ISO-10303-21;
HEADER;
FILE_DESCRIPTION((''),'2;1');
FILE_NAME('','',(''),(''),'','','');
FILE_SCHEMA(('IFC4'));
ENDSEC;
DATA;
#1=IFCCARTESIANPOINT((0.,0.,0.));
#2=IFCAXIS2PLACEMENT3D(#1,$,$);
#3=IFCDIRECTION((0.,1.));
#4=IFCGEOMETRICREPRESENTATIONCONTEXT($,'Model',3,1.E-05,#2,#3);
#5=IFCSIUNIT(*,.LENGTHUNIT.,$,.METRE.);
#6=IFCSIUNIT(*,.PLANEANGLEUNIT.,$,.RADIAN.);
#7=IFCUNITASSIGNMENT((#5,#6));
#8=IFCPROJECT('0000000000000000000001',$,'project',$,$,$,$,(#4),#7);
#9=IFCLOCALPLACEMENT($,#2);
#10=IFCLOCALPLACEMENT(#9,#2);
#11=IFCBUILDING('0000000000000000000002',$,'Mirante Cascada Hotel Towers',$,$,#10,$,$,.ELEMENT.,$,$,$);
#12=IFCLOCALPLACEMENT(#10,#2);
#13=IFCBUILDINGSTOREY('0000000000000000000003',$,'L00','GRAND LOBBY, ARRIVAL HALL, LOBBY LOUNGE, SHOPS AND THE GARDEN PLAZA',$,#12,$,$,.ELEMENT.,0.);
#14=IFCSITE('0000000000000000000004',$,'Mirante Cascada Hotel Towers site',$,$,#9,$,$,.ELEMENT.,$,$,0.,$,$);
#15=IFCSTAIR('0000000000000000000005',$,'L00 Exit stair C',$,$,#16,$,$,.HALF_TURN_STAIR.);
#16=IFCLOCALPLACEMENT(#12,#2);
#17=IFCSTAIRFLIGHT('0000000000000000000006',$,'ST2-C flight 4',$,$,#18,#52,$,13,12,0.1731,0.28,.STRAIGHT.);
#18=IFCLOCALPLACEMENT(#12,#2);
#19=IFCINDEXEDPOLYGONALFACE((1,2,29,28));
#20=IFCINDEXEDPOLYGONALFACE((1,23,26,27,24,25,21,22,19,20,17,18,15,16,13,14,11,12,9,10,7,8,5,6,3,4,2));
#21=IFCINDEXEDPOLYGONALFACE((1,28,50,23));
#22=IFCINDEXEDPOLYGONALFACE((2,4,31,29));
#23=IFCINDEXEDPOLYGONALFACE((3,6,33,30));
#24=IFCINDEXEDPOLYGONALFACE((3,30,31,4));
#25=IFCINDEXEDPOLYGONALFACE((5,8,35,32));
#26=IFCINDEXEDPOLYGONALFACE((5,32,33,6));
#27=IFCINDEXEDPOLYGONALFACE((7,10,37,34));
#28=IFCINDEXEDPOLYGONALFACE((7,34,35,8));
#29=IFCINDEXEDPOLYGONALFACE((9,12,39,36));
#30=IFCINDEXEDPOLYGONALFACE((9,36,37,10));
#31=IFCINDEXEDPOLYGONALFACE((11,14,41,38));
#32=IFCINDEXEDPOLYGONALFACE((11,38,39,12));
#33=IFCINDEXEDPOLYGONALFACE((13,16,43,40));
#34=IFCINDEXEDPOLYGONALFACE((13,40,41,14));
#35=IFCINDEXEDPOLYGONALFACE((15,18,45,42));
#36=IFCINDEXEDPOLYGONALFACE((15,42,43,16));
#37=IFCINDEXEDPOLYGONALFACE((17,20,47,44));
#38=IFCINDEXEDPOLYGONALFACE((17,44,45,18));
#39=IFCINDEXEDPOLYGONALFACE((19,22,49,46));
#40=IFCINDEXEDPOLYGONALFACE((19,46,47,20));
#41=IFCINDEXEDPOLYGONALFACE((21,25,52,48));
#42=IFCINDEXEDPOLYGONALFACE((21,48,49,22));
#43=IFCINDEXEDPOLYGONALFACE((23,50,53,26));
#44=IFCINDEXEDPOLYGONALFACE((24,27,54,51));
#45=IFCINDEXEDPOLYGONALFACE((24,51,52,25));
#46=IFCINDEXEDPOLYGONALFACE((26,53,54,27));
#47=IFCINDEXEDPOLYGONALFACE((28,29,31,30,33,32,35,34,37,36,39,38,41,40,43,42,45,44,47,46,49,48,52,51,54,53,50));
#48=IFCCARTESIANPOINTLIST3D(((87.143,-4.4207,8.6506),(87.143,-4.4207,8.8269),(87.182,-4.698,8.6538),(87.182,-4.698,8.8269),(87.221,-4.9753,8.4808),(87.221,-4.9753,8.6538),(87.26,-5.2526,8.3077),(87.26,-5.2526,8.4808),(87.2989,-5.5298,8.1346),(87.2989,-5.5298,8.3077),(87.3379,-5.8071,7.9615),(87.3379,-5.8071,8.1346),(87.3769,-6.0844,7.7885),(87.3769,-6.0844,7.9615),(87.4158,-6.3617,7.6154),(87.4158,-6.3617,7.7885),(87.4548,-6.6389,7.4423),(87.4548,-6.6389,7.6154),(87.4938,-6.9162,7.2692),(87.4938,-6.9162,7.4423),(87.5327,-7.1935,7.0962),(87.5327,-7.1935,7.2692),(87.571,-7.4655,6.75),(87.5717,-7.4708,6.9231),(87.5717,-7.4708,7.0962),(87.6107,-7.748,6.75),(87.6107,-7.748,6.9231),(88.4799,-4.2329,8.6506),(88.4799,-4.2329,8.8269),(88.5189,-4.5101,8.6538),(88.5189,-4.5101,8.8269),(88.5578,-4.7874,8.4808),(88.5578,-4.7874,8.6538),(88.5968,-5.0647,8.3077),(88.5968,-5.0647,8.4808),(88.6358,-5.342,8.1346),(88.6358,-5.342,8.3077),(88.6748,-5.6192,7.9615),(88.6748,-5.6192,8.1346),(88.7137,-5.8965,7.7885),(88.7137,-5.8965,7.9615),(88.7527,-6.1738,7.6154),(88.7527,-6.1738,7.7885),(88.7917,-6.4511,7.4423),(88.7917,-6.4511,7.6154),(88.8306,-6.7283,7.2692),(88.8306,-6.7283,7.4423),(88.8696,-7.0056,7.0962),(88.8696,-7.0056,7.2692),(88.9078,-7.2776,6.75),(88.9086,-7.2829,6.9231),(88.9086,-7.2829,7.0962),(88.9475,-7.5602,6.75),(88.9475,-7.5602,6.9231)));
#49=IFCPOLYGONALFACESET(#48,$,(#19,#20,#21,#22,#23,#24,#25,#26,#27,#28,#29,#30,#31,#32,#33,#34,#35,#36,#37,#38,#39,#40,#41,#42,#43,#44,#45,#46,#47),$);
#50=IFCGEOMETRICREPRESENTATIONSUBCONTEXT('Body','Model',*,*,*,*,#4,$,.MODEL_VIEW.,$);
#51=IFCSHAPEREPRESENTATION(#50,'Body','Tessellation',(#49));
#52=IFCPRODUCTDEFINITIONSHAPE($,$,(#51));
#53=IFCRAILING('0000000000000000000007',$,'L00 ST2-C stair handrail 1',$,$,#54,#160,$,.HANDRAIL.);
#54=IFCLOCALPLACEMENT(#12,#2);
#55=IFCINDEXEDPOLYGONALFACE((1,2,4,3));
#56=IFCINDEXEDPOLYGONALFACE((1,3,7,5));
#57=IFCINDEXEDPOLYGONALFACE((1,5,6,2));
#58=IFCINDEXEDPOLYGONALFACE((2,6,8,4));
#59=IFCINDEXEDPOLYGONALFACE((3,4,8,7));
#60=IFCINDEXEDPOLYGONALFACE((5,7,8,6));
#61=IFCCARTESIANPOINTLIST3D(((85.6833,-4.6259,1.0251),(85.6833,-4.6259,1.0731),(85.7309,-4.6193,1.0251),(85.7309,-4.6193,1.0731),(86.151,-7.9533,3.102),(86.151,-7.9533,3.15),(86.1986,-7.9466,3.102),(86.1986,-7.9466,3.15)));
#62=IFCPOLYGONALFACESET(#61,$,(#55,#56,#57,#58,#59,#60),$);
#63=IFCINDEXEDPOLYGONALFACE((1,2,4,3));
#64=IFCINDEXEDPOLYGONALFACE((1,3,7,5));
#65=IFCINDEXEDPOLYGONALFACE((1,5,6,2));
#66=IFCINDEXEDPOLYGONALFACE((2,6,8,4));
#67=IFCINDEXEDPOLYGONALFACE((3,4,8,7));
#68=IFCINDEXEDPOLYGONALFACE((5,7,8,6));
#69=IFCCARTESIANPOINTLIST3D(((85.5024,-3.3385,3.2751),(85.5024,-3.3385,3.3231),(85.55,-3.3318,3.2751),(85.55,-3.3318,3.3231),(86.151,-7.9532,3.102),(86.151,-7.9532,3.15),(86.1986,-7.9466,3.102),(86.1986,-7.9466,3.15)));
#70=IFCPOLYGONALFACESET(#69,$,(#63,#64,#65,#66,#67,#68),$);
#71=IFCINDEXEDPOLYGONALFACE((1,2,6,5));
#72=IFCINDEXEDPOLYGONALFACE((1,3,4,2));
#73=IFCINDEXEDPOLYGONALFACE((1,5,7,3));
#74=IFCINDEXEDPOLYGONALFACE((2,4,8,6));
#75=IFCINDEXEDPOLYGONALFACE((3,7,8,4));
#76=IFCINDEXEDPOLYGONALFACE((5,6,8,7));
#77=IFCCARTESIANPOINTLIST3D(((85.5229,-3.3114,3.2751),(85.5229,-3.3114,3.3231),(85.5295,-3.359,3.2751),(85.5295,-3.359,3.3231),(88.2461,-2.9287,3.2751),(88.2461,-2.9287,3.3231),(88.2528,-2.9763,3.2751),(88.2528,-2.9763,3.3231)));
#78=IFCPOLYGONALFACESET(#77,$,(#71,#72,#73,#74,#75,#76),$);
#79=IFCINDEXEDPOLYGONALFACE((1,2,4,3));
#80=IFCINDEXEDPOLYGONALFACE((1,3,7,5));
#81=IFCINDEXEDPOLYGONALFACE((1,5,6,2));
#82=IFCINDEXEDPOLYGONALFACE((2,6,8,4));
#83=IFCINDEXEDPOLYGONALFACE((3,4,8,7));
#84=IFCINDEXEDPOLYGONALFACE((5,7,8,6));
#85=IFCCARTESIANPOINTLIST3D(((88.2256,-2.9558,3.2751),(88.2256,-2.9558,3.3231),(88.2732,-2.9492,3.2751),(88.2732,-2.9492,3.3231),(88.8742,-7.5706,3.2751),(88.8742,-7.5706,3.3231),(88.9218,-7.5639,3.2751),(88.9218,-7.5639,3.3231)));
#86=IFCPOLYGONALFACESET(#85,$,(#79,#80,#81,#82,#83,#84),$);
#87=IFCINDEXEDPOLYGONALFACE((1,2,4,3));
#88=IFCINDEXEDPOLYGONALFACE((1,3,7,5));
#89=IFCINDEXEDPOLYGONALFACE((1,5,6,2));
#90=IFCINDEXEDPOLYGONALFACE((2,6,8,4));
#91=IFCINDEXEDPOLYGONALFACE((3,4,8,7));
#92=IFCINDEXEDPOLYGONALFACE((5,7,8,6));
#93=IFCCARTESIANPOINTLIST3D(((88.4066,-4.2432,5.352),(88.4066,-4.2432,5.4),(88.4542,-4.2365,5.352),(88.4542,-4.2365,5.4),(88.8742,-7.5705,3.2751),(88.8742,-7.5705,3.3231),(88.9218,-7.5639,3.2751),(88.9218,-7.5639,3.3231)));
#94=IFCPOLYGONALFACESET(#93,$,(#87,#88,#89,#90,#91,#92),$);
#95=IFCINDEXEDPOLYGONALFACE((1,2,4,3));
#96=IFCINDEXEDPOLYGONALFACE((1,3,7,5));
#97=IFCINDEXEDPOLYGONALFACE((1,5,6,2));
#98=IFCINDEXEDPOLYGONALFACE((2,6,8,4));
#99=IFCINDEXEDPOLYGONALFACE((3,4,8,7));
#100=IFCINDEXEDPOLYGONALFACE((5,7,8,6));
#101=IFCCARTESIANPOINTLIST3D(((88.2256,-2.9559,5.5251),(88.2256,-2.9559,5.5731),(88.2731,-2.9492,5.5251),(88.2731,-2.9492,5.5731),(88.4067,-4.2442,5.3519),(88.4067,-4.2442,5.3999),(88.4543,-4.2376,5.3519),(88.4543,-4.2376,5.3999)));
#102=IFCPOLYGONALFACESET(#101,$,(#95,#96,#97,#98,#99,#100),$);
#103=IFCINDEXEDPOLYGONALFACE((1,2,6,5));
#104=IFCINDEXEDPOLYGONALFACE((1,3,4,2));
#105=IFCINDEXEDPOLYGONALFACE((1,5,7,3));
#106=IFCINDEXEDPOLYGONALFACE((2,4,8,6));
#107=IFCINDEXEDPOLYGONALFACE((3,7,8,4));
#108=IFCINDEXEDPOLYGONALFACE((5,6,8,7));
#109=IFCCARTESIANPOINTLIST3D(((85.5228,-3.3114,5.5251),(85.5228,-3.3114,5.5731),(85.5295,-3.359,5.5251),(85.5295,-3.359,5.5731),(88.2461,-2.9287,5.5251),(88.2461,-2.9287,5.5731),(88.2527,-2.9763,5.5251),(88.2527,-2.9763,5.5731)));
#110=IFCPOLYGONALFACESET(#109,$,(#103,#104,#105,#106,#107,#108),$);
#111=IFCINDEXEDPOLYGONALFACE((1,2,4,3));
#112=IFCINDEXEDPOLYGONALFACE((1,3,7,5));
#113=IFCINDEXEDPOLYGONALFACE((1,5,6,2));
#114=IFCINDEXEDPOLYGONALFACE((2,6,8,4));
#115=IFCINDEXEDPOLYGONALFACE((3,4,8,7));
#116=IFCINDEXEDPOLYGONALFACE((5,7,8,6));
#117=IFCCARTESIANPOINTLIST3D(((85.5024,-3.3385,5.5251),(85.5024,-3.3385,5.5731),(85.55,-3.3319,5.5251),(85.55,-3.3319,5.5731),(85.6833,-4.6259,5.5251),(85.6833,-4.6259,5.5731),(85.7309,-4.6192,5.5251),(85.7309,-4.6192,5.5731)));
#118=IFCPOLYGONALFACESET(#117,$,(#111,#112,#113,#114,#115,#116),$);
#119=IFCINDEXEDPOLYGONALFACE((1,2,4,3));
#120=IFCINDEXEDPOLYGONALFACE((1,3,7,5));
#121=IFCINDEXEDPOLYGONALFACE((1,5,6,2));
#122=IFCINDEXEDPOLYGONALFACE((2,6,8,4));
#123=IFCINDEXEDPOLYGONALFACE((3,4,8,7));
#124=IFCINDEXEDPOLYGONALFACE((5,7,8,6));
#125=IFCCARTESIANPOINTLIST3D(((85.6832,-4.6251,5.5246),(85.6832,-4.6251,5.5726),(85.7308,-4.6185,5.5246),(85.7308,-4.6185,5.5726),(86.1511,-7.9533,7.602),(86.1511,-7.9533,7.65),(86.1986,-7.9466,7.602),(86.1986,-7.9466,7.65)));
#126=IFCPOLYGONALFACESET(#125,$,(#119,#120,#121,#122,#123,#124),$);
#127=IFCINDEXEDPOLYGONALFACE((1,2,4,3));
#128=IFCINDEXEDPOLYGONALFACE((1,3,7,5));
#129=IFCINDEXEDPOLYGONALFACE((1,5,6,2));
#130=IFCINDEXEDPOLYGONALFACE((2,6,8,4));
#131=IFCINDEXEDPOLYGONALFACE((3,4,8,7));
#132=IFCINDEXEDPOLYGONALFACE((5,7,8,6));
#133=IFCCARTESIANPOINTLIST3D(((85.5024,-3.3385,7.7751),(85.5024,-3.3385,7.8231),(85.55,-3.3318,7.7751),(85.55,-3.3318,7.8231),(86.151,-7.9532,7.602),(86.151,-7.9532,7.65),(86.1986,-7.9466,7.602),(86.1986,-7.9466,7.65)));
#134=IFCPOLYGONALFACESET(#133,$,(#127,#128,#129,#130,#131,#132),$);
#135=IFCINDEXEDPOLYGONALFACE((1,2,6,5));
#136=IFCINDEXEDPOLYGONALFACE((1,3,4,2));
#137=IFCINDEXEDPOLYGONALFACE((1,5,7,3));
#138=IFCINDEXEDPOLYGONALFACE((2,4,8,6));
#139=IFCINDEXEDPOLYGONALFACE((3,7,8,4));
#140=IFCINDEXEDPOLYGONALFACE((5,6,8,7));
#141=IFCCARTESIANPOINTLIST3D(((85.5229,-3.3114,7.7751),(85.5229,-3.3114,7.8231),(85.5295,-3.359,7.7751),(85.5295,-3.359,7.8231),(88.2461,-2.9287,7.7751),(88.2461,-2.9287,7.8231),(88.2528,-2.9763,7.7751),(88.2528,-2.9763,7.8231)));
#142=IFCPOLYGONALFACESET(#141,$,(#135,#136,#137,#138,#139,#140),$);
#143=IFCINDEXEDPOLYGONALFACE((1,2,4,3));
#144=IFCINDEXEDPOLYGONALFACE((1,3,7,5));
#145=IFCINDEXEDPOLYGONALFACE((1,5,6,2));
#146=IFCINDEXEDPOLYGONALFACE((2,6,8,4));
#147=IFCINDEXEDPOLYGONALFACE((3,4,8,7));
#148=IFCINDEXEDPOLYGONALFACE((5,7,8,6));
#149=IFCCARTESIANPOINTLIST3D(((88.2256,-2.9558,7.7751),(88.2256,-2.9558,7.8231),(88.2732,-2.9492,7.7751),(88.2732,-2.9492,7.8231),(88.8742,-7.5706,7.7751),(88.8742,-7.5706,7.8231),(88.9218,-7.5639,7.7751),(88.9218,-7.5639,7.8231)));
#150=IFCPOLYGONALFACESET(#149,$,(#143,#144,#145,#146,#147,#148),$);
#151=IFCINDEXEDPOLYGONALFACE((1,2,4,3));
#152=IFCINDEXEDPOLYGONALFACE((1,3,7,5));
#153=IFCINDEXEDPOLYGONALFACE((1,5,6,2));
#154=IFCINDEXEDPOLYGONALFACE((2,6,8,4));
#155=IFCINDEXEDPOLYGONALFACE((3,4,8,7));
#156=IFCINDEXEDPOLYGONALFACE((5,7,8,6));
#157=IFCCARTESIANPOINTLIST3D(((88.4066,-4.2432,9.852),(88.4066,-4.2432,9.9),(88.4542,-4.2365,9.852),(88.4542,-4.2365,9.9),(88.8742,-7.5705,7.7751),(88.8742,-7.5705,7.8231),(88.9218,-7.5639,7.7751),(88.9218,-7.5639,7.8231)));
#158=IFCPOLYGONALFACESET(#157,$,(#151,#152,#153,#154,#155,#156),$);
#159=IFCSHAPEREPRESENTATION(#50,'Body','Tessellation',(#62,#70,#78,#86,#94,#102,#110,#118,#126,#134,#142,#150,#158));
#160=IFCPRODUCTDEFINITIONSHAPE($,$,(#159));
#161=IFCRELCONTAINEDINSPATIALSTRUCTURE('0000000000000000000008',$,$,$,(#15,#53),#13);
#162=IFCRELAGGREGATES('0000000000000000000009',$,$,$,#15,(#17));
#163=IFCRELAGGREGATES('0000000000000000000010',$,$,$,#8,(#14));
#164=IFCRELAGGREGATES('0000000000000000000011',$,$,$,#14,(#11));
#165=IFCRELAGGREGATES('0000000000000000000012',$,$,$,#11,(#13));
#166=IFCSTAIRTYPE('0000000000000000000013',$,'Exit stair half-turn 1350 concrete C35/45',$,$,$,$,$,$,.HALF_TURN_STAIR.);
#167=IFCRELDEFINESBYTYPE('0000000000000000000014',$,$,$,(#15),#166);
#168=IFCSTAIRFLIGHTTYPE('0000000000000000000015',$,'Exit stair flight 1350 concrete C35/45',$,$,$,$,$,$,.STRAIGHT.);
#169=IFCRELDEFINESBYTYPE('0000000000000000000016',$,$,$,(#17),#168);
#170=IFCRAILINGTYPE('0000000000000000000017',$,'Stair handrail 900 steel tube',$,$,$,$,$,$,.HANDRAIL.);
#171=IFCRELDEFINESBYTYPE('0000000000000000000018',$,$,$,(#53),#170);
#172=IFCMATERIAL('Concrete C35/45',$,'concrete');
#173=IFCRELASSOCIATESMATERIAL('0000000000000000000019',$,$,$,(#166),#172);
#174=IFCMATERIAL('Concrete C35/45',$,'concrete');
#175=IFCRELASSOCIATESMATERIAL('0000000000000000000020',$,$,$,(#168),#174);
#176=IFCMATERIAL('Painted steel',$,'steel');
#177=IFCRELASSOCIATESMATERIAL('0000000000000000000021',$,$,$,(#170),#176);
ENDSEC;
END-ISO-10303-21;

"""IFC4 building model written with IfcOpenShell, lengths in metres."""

from ifc_helpers import new_model, si_unit, direction, frame, origin, origin_2d, place, context, subcontext, project, spatial, polyline, rectangle, outline, extrude, material, type_object, element, aggregate, save


model = new_model("IFC4")

# Units and contexts
model_context = context("Model", 3, precision=1e-05, world=origin(), true_north=direction((0.0, 1.0)))
body_context = subcontext(model_context, "Body", "Model", "MODEL_VIEW")
ifc_project = project(units=[si_unit("LENGTHUNIT", "METRE"), si_unit("PLANEANGLEUNIT", "RADIAN")], contexts=[model_context])

# Site, building, storey
site_placement = place(None, origin())
site = spatial("IfcSite", under=ifc_project, at=site_placement, Name="Mirante Cascada Hotel Towers site", CompositionType="ELEMENT", RefElevation=0.0)
building_placement = place(site_placement, origin())
building = spatial("IfcBuilding", under=site, at=building_placement, Name="Mirante Cascada Hotel Towers", CompositionType="ELEMENT")
storey_placement = place(building_placement, origin())
storey = spatial("IfcBuildingStorey", under=building, at=storey_placement, Name="L00", Description="GRAND LOBBY, ARRIVAL HALL, LOBBY LOUNGE, SHOPS AND THE GARDEN PLAZA", CompositionType="ELEMENT", Elevation=0.0)

# Stair, stair flight
ifc_material_1 = material(Name="Concrete C35/45", Category="concrete")
stair_type = type_object("IfcStairType", Name="Exit stair half-turn 1350 concrete C35/45", PredefinedType="HALF_TURN_STAIR", material=ifc_material_1)
stair_placement = place(storey_placement, origin())
stair = element("IfcStair", 1, at=stair_placement, inside=storey, type_object=stair_type, Name="L00 Exit stair C", PredefinedType="HALF_TURN_STAIR")
ifc_material_2 = material(Name="Concrete C35/45", Category="concrete")
stair_flight_type = type_object("IfcStairFlightType", Name="Exit stair flight 1350 concrete C35/45", PredefinedType="STRAIGHT", material=ifc_material_2)
stair_flight_1_placement = place(storey_placement, frame((88.2791, -7.6541, 6.75), z_axis=(0.0, 0.0, 1.0), x_axis=(-0.139173, 0.990268, 0.0)))
stair_flight_1 = element("IfcStairFlight", 2, at=stair_flight_1_placement, type_object=stair_flight_type, Name="ST2-C flight 4", NumberOfRisers=13, NumberOfTreads=12, PredefinedType="STRAIGHT", RiserHeight=0.1731, TreadLength=0.28, context=body_context, shape_type="SweptSolid", body=[
    extrude(outline(polyline([(0.0, 0.0), (0.0, 0.1731), (0.28, 0.1731), (0.28, 0.3462), (0.56, 0.3462), (0.56, 0.5192), (0.84, 0.5192), (0.84, 0.6923), (1.12, 0.6923), (1.12, 0.8654), (1.4, 0.8654), (1.4, 1.0385), (1.68, 1.0385), (1.68, 1.2115), (1.96, 1.2115), (1.96, 1.3846), (2.24, 1.3846), (2.24, 1.5577), (2.52, 1.5577), (2.52, 1.7308), (2.8, 1.7308), (2.8, 1.9038), (3.08, 1.9038), (3.08, 2.0769), (3.36, 2.0769), (3.36, 2.25), (3.36, 1.9006), (0.2853, 0.0), (0.0, 0.0)])), frame((0.0, 0.675, 0.0), z_axis=(0.0, -1.0, 0.0), x_axis=(1.0, 0.0, 0.0)), (0.0, 0.0, 1.0), 1.35),
])
aggregate(stair, [stair_flight_1])

# Railing
ifc_material_3 = material(Name="Painted steel", Category="steel")
railing_type_1 = type_object("IfcRailingType", Name="Stair handrail 900 steel tube", PredefinedType="HANDRAIL", material=ifc_material_3)
railing_1_placement = place(storey_placement, frame((85.7071, -4.6226, 0.1731)))
element("IfcRailing", 3, at=railing_1_placement, inside=storey, type_object=railing_type_1, Name="L00 ST2-C stair handrail 1", PredefinedType="HANDRAIL", context=body_context, shape_type="SweptSolid", body=[
    extrude(rectangle(XDim=0.048, YDim=0.048, at=origin_2d()), frame((0.0, 0.0, 0.876), z_axis=(0.139196, -0.990265, 0.0), x_axis=(0.990265, 0.139196, 0.0)), (0.0, 0.525786, 0.850617), 3.9501),
    extrude(rectangle(XDim=0.048, YDim=0.048, at=origin_2d()), frame((0.4677, -3.3273, 2.9529), z_axis=(-0.139183, 0.990267, 0.0), x_axis=(-0.990267, -0.139183, 0.0)), (0.0, 0.03712, 0.999311), 4.6633),
    extrude(rectangle(XDim=0.048, YDim=0.048, at=origin_2d()), frame((-0.1809, 1.2874, 3.126), z_axis=(0.990269, 0.139166, 0.0), x_axis=(-0.139166, 0.990269, 0.0)), (0.0, 0.0, 1.0), 2.75),
    extrude(rectangle(XDim=0.048, YDim=0.048, at=origin_2d()), frame((2.5423, 1.6701, 3.126), z_axis=(0.139183, -0.990267, 0.0), x_axis=(0.990267, 0.139183, 0.0)), (0.0, 0.0, 1.0), 4.6601),
    extrude(rectangle(XDim=0.048, YDim=0.048, at=origin_2d()), frame((3.1909, -2.9446, 3.126), z_axis=(-0.139167, 0.990269, 0.0), x_axis=(-0.990269, -0.139167, 0.0)), (0.0, 0.525787, 0.850616), 3.9501),
    extrude(rectangle(XDim=0.048, YDim=0.048, at=origin_2d()), frame((2.7234, 0.3817, 5.2028), z_axis=(-0.139224, 0.990261, 0.0), x_axis=(-0.990261, -0.139224, 0.0)), (0.0, 0.131983, 0.991252), 1.3125),
    extrude(rectangle(XDim=0.048, YDim=0.048, at=origin_2d()), frame((2.5423, 1.6701, 5.376), z_axis=(-0.990269, -0.139166, 0.0), x_axis=(0.139166, -0.990269, 0.0)), (0.0, 0.0, 1.0), 2.75),
    extrude(rectangle(XDim=0.048, YDim=0.048, at=origin_2d()), frame((-0.1809, 1.2874, 5.376), z_axis=(0.139149, -0.990271, 0.0), x_axis=(0.990271, 0.139149, 0.0)), (0.0, 0.0, 1.0), 1.3),
    extrude(rectangle(XDim=0.048, YDim=0.048, at=origin_2d()), frame((-0.0001, 0.0008, 5.3755), z_axis=(0.139196, -0.990265, 0.0), x_axis=(0.990265, 0.139196, 0.0)), (0.0, 0.525786, 0.850617), 3.9511),
    extrude(rectangle(XDim=0.048, YDim=0.048, at=origin_2d()), frame((0.4677, -3.3273, 7.4529), z_axis=(-0.139183, 0.990267, 0.0), x_axis=(-0.990267, -0.139183, 0.0)), (0.0, 0.03712, 0.999311), 4.6633),
    extrude(rectangle(XDim=0.048, YDim=0.048, at=origin_2d()), frame((-0.1809, 1.2874, 7.626), z_axis=(0.990269, 0.139166, 0.0), x_axis=(-0.139166, 0.990269, 0.0)), (0.0, 0.0, 1.0), 2.75),
    extrude(rectangle(XDim=0.048, YDim=0.048, at=origin_2d()), frame((2.5423, 1.6701, 7.626), z_axis=(0.139183, -0.990267, 0.0), x_axis=(0.990267, 0.139183, 0.0)), (0.0, 0.0, 1.0), 4.6601),
    extrude(rectangle(XDim=0.048, YDim=0.048, at=origin_2d()), frame((3.1909, -2.9446, 7.626), z_axis=(-0.139167, 0.990269, 0.0), x_axis=(-0.990269, -0.139167, 0.0)), (0.0, 0.525787, 0.850616), 3.9501),
])

save(model, "model.ifc")
